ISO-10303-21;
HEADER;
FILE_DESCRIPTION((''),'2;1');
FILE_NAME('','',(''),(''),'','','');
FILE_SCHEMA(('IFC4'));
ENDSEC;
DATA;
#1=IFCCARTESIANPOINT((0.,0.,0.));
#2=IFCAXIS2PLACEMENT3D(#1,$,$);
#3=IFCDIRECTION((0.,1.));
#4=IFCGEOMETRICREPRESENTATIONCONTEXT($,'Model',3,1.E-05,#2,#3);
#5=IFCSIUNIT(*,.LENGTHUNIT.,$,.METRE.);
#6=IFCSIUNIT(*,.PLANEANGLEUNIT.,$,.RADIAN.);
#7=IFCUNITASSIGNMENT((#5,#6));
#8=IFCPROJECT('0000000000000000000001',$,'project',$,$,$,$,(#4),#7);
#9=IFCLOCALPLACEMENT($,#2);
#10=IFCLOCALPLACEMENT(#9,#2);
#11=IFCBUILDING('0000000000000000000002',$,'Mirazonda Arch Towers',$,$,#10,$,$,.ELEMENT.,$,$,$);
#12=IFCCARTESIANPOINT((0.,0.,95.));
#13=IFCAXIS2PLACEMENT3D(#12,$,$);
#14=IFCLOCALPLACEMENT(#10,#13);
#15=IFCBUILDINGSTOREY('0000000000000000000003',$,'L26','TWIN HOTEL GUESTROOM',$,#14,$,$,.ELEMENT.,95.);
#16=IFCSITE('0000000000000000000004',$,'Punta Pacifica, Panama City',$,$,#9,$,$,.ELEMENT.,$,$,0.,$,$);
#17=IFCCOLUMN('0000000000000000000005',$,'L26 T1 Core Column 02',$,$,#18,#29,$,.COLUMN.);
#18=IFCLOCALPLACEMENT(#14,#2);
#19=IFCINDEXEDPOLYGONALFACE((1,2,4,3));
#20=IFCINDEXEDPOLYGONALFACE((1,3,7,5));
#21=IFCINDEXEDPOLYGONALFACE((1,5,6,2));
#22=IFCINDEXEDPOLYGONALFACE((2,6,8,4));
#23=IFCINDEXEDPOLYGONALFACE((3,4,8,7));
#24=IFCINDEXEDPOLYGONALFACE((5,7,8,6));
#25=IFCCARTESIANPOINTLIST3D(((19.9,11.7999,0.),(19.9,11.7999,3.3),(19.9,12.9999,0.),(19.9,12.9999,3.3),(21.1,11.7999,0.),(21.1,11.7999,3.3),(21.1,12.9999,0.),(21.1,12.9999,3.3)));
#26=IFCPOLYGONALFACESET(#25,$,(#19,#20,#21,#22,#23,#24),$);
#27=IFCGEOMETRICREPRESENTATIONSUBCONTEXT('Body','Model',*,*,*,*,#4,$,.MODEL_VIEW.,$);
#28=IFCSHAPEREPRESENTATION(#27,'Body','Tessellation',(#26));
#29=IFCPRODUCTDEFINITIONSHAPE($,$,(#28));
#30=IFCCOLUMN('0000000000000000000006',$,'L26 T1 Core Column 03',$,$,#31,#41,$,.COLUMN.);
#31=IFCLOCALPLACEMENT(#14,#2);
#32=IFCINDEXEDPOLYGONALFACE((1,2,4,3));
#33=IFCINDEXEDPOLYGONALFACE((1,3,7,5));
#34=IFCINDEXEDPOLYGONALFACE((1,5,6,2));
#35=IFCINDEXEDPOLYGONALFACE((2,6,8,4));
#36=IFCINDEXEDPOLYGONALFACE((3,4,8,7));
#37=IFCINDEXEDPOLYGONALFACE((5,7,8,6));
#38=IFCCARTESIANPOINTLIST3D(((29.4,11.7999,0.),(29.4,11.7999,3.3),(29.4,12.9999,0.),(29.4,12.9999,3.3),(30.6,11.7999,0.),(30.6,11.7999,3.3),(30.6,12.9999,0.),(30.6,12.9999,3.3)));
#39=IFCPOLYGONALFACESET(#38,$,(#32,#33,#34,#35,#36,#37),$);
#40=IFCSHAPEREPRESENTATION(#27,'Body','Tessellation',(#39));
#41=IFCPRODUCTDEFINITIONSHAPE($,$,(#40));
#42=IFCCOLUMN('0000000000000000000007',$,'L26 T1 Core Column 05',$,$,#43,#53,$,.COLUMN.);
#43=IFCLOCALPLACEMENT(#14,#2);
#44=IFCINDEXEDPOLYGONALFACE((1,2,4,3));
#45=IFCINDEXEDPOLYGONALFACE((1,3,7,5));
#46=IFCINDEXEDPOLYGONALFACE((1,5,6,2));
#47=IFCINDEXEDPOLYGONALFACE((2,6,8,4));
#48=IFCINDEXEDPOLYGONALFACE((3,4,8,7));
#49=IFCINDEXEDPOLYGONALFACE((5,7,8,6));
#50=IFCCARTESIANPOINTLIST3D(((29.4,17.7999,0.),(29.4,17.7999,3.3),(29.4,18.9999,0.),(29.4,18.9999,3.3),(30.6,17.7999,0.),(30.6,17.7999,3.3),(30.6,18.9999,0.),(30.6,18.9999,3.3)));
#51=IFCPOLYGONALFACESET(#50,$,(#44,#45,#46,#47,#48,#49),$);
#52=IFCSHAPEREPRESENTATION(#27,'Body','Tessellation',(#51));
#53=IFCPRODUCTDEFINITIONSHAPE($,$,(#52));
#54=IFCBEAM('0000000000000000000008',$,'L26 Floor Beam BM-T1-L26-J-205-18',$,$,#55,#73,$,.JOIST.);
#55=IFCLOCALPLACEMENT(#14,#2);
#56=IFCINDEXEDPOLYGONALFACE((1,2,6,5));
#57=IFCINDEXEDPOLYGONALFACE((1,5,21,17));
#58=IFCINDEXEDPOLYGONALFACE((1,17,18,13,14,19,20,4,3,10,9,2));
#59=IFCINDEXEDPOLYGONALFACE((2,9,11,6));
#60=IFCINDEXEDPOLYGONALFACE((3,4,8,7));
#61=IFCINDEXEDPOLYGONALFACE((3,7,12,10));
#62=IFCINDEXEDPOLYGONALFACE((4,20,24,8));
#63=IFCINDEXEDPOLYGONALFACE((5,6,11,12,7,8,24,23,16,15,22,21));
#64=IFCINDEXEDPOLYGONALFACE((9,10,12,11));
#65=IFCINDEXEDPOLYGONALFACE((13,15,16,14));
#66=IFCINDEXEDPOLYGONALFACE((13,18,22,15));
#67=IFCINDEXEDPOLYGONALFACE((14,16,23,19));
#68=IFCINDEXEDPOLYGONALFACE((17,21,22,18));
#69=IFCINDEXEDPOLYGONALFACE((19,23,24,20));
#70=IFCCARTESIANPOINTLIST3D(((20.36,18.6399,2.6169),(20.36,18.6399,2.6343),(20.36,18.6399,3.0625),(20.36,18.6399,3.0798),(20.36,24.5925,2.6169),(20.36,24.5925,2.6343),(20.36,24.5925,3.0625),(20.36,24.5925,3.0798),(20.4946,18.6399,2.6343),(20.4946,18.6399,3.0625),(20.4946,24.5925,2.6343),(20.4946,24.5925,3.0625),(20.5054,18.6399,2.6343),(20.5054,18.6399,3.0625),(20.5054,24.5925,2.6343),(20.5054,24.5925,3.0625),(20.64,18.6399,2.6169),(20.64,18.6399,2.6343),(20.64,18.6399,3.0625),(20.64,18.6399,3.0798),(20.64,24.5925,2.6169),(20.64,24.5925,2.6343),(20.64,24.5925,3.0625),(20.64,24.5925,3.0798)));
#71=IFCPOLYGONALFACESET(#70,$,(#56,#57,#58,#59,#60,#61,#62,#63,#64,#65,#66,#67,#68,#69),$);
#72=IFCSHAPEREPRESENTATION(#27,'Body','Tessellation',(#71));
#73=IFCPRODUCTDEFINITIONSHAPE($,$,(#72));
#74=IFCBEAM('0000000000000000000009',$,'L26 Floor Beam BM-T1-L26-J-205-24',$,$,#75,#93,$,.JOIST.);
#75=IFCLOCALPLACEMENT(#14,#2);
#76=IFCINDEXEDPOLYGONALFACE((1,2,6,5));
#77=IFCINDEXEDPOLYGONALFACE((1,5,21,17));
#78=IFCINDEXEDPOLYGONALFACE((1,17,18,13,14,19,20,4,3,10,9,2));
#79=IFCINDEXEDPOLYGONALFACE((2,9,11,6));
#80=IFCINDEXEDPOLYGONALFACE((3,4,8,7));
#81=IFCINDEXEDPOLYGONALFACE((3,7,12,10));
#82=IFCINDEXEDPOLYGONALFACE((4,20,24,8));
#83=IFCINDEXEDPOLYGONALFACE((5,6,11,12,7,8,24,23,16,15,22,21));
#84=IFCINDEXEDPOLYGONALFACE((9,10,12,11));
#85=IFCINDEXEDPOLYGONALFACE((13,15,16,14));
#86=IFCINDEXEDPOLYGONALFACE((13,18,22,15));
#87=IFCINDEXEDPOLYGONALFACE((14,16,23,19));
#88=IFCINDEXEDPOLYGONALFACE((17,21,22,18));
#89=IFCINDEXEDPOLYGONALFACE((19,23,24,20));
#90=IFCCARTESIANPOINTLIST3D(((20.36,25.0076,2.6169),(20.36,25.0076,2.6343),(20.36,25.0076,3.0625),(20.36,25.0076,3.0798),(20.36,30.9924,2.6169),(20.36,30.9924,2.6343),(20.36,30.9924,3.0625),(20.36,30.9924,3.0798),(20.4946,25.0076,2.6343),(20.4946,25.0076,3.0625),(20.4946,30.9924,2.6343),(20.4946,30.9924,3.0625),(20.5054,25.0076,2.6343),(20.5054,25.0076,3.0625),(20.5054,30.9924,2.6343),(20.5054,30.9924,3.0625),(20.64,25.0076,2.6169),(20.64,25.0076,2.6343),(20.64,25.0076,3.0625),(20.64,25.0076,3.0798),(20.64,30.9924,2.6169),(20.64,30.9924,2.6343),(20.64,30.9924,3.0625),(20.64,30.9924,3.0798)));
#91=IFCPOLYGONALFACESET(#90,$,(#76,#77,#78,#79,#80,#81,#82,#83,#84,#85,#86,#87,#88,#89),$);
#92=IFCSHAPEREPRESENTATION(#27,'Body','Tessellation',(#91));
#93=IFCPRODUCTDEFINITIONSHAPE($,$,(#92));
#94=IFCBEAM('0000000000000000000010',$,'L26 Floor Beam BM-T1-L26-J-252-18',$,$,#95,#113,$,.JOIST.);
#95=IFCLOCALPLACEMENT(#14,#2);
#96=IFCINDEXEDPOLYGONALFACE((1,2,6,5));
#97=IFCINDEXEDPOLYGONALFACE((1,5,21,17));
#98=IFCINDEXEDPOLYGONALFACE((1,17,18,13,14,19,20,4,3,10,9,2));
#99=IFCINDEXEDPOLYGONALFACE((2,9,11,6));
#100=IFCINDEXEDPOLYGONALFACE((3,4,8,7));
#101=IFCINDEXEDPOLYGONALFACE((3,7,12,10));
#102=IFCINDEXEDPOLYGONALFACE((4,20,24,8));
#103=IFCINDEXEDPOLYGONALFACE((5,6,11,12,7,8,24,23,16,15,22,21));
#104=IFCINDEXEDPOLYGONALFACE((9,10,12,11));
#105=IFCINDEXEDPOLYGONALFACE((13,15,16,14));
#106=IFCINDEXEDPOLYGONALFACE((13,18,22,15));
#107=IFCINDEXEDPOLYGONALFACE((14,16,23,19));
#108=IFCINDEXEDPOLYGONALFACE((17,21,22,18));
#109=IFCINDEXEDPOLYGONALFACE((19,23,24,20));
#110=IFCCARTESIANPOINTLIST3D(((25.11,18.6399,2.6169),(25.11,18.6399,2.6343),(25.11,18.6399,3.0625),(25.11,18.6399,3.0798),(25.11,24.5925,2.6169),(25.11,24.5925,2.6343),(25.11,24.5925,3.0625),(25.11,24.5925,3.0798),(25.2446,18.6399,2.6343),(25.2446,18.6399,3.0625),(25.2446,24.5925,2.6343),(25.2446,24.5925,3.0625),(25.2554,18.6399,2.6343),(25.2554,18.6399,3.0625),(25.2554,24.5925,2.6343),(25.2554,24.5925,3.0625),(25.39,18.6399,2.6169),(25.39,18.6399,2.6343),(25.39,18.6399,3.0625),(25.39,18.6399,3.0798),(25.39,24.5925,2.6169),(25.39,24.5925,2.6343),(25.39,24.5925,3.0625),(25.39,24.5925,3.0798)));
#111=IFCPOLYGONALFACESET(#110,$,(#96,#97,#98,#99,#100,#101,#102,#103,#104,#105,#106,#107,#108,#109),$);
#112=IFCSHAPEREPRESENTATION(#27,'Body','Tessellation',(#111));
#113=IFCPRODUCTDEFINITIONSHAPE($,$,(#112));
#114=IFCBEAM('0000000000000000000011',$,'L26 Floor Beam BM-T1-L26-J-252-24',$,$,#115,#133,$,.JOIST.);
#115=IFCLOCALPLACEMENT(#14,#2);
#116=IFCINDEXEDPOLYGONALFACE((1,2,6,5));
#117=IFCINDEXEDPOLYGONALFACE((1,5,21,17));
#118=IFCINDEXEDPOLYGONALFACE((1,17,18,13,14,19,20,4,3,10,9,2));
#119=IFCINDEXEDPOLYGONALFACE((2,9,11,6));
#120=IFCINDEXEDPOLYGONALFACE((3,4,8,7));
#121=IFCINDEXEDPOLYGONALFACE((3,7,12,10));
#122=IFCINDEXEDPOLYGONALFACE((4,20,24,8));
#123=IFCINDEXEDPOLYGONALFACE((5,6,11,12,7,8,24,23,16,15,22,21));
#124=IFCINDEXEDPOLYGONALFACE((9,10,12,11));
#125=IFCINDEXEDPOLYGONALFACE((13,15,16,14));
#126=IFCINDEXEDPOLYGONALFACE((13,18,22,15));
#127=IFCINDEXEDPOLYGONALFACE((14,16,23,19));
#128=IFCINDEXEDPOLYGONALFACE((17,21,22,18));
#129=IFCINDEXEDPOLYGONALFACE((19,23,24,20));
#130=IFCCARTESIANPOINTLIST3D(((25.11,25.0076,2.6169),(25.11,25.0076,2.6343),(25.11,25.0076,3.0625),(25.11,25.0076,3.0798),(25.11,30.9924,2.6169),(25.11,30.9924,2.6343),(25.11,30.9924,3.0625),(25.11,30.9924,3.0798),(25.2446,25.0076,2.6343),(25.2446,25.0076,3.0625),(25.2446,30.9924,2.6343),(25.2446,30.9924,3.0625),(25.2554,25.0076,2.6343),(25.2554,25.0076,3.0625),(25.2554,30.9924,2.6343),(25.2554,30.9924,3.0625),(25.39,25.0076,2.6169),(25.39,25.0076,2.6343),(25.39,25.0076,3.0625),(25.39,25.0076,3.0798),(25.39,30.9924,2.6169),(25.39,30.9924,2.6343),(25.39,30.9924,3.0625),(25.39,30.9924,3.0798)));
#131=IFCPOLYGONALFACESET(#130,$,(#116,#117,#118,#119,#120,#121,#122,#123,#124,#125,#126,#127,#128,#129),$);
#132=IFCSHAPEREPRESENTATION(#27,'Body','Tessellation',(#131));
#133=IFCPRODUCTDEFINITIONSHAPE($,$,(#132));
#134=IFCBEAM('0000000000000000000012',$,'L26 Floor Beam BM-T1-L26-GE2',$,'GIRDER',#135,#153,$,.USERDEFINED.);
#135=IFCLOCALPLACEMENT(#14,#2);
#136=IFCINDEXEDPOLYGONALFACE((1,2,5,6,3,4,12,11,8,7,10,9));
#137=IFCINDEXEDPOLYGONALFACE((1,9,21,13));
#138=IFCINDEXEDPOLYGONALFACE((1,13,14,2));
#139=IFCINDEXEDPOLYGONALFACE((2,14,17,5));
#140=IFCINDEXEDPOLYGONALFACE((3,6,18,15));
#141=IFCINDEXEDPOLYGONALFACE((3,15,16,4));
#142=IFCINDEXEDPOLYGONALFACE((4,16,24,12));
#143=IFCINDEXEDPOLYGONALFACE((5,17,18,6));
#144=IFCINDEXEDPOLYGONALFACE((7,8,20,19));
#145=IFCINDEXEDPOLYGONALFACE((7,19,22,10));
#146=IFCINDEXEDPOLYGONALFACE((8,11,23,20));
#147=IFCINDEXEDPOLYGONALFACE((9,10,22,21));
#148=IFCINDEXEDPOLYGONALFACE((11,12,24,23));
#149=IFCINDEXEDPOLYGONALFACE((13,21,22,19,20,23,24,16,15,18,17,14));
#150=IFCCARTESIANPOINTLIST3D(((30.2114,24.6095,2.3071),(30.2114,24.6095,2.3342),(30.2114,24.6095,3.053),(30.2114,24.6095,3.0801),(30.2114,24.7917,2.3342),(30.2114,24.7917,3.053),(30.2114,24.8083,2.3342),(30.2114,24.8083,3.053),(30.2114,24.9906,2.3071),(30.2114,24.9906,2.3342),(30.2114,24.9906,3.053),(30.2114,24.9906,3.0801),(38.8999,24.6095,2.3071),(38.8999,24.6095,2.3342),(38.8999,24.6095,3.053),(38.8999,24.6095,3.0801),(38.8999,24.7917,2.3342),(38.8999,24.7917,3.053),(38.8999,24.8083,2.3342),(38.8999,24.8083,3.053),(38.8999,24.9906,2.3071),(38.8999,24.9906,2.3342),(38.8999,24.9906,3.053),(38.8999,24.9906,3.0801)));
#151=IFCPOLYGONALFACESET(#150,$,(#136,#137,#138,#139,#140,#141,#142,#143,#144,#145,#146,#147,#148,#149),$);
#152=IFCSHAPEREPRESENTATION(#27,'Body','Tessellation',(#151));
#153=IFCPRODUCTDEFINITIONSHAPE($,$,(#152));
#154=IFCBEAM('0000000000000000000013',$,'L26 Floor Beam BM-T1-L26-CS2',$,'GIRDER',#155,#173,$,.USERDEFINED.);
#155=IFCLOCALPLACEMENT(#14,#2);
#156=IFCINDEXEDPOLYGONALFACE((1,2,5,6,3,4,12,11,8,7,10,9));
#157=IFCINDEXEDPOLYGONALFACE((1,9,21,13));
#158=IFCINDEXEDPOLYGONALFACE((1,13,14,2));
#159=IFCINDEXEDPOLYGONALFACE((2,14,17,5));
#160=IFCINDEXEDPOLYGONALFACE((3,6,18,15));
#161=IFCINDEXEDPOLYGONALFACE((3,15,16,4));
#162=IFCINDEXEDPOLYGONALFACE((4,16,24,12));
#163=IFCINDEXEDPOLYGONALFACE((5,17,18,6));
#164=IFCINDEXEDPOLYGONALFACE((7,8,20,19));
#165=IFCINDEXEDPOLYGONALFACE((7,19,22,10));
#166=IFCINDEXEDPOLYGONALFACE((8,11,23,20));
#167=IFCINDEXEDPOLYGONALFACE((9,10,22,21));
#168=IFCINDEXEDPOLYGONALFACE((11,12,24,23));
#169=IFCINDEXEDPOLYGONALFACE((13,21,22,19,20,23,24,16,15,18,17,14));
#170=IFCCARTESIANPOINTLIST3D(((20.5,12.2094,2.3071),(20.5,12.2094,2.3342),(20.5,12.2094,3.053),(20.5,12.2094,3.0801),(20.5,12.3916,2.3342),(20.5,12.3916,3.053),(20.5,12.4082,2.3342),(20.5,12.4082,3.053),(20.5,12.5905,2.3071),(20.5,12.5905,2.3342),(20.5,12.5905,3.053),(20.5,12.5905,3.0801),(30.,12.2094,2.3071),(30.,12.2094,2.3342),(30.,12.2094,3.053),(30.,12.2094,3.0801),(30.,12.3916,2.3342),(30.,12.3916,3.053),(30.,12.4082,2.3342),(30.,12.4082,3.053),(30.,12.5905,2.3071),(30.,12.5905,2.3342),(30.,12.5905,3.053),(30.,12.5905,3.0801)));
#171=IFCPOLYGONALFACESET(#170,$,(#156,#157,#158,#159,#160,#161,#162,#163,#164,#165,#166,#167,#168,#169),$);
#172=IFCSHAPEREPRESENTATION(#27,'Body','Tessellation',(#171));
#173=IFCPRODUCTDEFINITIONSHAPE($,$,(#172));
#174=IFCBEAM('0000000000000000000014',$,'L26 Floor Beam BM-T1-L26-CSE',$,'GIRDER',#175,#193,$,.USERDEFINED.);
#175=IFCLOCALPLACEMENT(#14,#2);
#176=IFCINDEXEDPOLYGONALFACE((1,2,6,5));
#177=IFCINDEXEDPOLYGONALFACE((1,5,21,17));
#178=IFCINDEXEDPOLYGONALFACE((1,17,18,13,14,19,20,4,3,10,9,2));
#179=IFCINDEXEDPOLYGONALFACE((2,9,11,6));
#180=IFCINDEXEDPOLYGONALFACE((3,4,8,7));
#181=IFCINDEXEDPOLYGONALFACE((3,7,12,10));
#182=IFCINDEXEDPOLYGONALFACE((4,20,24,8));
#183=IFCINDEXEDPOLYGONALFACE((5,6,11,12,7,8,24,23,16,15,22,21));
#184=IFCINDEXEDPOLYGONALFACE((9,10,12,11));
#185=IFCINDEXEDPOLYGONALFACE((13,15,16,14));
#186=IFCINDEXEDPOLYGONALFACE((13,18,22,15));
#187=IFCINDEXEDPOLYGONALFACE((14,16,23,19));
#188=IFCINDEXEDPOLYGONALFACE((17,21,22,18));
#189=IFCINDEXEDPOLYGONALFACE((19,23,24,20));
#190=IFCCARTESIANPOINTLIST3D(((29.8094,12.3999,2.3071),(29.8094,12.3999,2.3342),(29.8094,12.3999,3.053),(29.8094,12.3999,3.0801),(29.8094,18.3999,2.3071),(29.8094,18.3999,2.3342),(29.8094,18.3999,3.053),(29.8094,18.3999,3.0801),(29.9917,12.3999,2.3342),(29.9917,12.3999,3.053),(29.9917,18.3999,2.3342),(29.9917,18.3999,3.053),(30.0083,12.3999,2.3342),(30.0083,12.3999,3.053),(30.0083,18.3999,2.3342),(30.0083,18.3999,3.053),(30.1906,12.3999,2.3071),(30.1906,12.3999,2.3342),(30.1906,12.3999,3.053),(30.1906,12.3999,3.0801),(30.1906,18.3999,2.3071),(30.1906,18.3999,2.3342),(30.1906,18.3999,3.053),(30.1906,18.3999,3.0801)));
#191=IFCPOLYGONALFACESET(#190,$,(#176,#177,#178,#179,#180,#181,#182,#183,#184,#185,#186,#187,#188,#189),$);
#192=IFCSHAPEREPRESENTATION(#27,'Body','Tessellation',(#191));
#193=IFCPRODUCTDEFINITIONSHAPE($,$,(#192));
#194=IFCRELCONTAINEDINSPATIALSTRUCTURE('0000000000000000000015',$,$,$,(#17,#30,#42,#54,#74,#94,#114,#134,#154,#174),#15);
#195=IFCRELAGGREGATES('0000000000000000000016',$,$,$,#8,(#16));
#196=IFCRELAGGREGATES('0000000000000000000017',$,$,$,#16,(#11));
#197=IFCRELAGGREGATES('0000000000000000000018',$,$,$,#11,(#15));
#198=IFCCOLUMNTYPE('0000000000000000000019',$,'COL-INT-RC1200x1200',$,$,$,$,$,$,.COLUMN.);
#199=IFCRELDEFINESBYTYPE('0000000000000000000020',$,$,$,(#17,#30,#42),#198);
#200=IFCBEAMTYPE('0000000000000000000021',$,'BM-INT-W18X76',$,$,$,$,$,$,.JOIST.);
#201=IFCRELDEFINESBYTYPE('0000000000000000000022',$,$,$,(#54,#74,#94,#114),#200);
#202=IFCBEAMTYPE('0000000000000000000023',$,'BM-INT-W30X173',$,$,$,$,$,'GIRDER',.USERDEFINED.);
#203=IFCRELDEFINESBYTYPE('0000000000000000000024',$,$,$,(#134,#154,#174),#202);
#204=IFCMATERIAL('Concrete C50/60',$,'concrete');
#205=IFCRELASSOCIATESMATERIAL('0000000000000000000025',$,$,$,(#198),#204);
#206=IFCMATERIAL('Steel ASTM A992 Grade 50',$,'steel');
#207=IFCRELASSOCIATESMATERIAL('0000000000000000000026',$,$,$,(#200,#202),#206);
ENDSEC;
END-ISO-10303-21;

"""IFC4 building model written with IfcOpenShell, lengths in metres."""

from ifc_helpers import new_model, si_unit, direction, frame, origin, origin_2d, place, context, subcontext, project, spatial, rectangle, i_section, extrude, material, material_profile, profile_set, type_object, element, save


model = new_model("IFC4")

# Units and contexts
model_context = context("Model", 3, precision=1e-05, world=origin(), true_north=direction((0.0, 1.0)))
body_context = subcontext(model_context, "Body", "Model", "MODEL_VIEW")
ifc_project = project(units=[si_unit("LENGTHUNIT", "METRE"), si_unit("PLANEANGLEUNIT", "RADIAN")], contexts=[model_context])

# Site, building, storey
site_placement = place(None, origin())
site = spatial("IfcSite", under=ifc_project, at=site_placement, Name="Punta Pacifica, Panama City", CompositionType="ELEMENT", RefElevation=0.0)
building_placement = place(site_placement, origin())
building = spatial("IfcBuilding", under=site, at=building_placement, Name="Mirazonda Arch Towers", CompositionType="ELEMENT")
storey_placement = place(building_placement, frame((0.0, 0.0, 95.0)))
storey = spatial("IfcBuildingStorey", under=building, at=storey_placement, Name="L26", Description="TWIN HOTEL GUESTROOM", CompositionType="ELEMENT", Elevation=95.0)

# Columns
ifc_material_1 = material(Name="Concrete C50/60", Category="concrete")
ifc_material_profile_1 = material_profile(ifc_material_1, rectangle(XDim=1.2, YDim=1.2, at=origin_2d()), Name="RC1200x1200")
ifc_profile_set_1 = profile_set([ifc_material_profile_1], Name="Concrete C50/60")
column_type = type_object("IfcColumnType", Name="COL-INT-RC1200x1200", PredefinedType="COLUMN", material=ifc_profile_set_1)
for number, where, z_axis, x_axis, name in (
    (1, (20.5, 12.3999, 0.0), (0.0, 0.0, 1.0), (1.0, 0.0, 0.0), "L26 T1 Core Column 02"),
    (2, (30.0, 12.3999, 0.0), (0.0, 0.0, 1.0), (1.0, 0.0, 0.0), "L26 T1 Core Column 03"),
    (3, (30.0, 18.3999, 0.0), (0.0, 0.0, 1.0), (1.0, 0.0, 0.0), "L26 T1 Core Column 05"),
):
    element("IfcColumn", number, at=place(storey_placement, frame(where, z_axis=z_axis, x_axis=x_axis)), inside=storey, type_object=column_type, Name=name, PredefinedType="COLUMN", context=body_context, shape_type="SweptSolid", body=[
        extrude(rectangle(XDim=1.2, YDim=1.2, at=origin_2d()), origin(), (0.0, 0.0, 1.0), 3.3),
    ])

# Beams
ifc_material_2 = material(Name="Steel ASTM A992 Grade 50", Category="steel")
ifc_material_profile_2 = material_profile(ifc_material_2, i_section(OverallWidth=0.28, OverallDepth=0.4629, WebThickness=0.0107, FlangeThickness=0.0173, at=origin_2d()), Name="W18X76")
ifc_profile_set_2 = profile_set([ifc_material_profile_2], Name="Steel ASTM A992 Grade 50")
beam_type_1 = type_object("IfcBeamType", Name="BM-INT-W18X76", PredefinedType="JOIST", material=ifc_profile_set_2)
beam_1_placement = place(storey_placement, frame((20.5, 18.6399, 2.8484), z_axis=(0.0, 1.0, 0.0), x_axis=(-1.0, 0.0, 0.0)))
element("IfcBeam", 4, at=beam_1_placement, inside=storey, type_object=beam_type_1, Name="L26 Floor Beam BM-T1-L26-J-205-18", PredefinedType="JOIST", context=body_context, shape_type="SweptSolid", body=[
    extrude(i_section(OverallWidth=0.28, OverallDepth=0.4629, WebThickness=0.0107, FlangeThickness=0.0173, at=origin_2d()), origin(), (0.0, 0.0, 1.0), 5.9526),
])
beam_2_placement = place(storey_placement, frame((20.5, 25.0076, 2.8484), z_axis=(0.0, 1.0, 0.0), x_axis=(-1.0, 0.0, 0.0)))
element("IfcBeam", 5, at=beam_2_placement, inside=storey, type_object=beam_type_1, Name="L26 Floor Beam BM-T1-L26-J-205-24", PredefinedType="JOIST", context=body_context, shape_type="SweptSolid", body=[
    extrude(i_section(OverallWidth=0.28, OverallDepth=0.4629, WebThickness=0.0107, FlangeThickness=0.0173, at=origin_2d()), origin(), (0.0, 0.0, 1.0), 5.9849),
])
beam_3_placement = place(storey_placement, frame((25.25, 18.6399, 2.8484), z_axis=(0.0, 1.0, 0.0), x_axis=(-1.0, 0.0, 0.0)))
element("IfcBeam", 6, at=beam_3_placement, inside=storey, type_object=beam_type_1, Name="L26 Floor Beam BM-T1-L26-J-252-18", PredefinedType="JOIST", context=body_context, shape_type="SweptSolid", body=[
    extrude(i_section(OverallWidth=0.28, OverallDepth=0.4629, WebThickness=0.0107, FlangeThickness=0.0173, at=origin_2d()), origin(), (0.0, 0.0, 1.0), 5.9526),
])
beam_4_placement = place(storey_placement, frame((25.25, 25.0076, 2.8484), z_axis=(0.0, 1.0, 0.0), x_axis=(-1.0, 0.0, 0.0)))
element("IfcBeam", 7, at=beam_4_placement, inside=storey, type_object=beam_type_1, Name="L26 Floor Beam BM-T1-L26-J-252-24", PredefinedType="JOIST", context=body_context, shape_type="SweptSolid", body=[
    extrude(i_section(OverallWidth=0.28, OverallDepth=0.4629, WebThickness=0.0107, FlangeThickness=0.0173, at=origin_2d()), origin(), (0.0, 0.0, 1.0), 5.9849),
])
ifc_material_profile_3 = material_profile(ifc_material_2, i_section(OverallWidth=0.3811, OverallDepth=0.7729, WebThickness=0.0166, FlangeThickness=0.0271, at=origin_2d()), Name="W30X173")
ifc_profile_set_3 = profile_set([ifc_material_profile_3], Name="Steel ASTM A992 Grade 50")
beam_type_2 = type_object("IfcBeamType", Name="BM-INT-W30X173", ElementType="GIRDER", PredefinedType="USERDEFINED", material=ifc_profile_set_3)
beam_5_placement = place(storey_placement, frame((30.2114, 24.8, 2.6936), z_axis=(1.0, 0.0, 0.0), x_axis=(0.0, 1.0, 0.0)))
element("IfcBeam", 8, at=beam_5_placement, inside=storey, type_object=beam_type_2, Name="L26 Floor Beam BM-T1-L26-GE2", ObjectType="GIRDER", PredefinedType="USERDEFINED", context=body_context, shape_type="SweptSolid", body=[
    extrude(i_section(OverallWidth=0.3811, OverallDepth=0.7729, WebThickness=0.0166, FlangeThickness=0.0271, at=origin_2d()), origin(), (0.0, 0.0, 1.0), 8.6885),
])
beam_6_placement = place(storey_placement, frame((20.5, 12.3999, 2.6936), z_axis=(1.0, 0.0, 0.0), x_axis=(0.0, 1.0, 0.0)))
element("IfcBeam", 9, at=beam_6_placement, inside=storey, type_object=beam_type_2, Name="L26 Floor Beam BM-T1-L26-CS2", ObjectType="GIRDER", PredefinedType="USERDEFINED", context=body_context, shape_type="SweptSolid", body=[
    extrude(i_section(OverallWidth=0.3811, OverallDepth=0.7729, WebThickness=0.0166, FlangeThickness=0.0271, at=origin_2d()), origin(), (0.0, 0.0, 1.0), 9.5),
])
beam_7_placement = place(storey_placement, frame((30.0, 12.3999, 2.6936), z_axis=(0.0, 1.0, 0.0), x_axis=(-1.0, 0.0, 0.0)))
element("IfcBeam", 10, at=beam_7_placement, inside=storey, type_object=beam_type_2, Name="L26 Floor Beam BM-T1-L26-CSE", ObjectType="GIRDER", PredefinedType="USERDEFINED", context=body_context, shape_type="SweptSolid", body=[
    extrude(i_section(OverallWidth=0.3811, OverallDepth=0.7729, WebThickness=0.0166, FlangeThickness=0.0271, at=origin_2d()), origin(), (0.0, 0.0, 1.0), 6.0),
])

save(model, "model.ifc")
